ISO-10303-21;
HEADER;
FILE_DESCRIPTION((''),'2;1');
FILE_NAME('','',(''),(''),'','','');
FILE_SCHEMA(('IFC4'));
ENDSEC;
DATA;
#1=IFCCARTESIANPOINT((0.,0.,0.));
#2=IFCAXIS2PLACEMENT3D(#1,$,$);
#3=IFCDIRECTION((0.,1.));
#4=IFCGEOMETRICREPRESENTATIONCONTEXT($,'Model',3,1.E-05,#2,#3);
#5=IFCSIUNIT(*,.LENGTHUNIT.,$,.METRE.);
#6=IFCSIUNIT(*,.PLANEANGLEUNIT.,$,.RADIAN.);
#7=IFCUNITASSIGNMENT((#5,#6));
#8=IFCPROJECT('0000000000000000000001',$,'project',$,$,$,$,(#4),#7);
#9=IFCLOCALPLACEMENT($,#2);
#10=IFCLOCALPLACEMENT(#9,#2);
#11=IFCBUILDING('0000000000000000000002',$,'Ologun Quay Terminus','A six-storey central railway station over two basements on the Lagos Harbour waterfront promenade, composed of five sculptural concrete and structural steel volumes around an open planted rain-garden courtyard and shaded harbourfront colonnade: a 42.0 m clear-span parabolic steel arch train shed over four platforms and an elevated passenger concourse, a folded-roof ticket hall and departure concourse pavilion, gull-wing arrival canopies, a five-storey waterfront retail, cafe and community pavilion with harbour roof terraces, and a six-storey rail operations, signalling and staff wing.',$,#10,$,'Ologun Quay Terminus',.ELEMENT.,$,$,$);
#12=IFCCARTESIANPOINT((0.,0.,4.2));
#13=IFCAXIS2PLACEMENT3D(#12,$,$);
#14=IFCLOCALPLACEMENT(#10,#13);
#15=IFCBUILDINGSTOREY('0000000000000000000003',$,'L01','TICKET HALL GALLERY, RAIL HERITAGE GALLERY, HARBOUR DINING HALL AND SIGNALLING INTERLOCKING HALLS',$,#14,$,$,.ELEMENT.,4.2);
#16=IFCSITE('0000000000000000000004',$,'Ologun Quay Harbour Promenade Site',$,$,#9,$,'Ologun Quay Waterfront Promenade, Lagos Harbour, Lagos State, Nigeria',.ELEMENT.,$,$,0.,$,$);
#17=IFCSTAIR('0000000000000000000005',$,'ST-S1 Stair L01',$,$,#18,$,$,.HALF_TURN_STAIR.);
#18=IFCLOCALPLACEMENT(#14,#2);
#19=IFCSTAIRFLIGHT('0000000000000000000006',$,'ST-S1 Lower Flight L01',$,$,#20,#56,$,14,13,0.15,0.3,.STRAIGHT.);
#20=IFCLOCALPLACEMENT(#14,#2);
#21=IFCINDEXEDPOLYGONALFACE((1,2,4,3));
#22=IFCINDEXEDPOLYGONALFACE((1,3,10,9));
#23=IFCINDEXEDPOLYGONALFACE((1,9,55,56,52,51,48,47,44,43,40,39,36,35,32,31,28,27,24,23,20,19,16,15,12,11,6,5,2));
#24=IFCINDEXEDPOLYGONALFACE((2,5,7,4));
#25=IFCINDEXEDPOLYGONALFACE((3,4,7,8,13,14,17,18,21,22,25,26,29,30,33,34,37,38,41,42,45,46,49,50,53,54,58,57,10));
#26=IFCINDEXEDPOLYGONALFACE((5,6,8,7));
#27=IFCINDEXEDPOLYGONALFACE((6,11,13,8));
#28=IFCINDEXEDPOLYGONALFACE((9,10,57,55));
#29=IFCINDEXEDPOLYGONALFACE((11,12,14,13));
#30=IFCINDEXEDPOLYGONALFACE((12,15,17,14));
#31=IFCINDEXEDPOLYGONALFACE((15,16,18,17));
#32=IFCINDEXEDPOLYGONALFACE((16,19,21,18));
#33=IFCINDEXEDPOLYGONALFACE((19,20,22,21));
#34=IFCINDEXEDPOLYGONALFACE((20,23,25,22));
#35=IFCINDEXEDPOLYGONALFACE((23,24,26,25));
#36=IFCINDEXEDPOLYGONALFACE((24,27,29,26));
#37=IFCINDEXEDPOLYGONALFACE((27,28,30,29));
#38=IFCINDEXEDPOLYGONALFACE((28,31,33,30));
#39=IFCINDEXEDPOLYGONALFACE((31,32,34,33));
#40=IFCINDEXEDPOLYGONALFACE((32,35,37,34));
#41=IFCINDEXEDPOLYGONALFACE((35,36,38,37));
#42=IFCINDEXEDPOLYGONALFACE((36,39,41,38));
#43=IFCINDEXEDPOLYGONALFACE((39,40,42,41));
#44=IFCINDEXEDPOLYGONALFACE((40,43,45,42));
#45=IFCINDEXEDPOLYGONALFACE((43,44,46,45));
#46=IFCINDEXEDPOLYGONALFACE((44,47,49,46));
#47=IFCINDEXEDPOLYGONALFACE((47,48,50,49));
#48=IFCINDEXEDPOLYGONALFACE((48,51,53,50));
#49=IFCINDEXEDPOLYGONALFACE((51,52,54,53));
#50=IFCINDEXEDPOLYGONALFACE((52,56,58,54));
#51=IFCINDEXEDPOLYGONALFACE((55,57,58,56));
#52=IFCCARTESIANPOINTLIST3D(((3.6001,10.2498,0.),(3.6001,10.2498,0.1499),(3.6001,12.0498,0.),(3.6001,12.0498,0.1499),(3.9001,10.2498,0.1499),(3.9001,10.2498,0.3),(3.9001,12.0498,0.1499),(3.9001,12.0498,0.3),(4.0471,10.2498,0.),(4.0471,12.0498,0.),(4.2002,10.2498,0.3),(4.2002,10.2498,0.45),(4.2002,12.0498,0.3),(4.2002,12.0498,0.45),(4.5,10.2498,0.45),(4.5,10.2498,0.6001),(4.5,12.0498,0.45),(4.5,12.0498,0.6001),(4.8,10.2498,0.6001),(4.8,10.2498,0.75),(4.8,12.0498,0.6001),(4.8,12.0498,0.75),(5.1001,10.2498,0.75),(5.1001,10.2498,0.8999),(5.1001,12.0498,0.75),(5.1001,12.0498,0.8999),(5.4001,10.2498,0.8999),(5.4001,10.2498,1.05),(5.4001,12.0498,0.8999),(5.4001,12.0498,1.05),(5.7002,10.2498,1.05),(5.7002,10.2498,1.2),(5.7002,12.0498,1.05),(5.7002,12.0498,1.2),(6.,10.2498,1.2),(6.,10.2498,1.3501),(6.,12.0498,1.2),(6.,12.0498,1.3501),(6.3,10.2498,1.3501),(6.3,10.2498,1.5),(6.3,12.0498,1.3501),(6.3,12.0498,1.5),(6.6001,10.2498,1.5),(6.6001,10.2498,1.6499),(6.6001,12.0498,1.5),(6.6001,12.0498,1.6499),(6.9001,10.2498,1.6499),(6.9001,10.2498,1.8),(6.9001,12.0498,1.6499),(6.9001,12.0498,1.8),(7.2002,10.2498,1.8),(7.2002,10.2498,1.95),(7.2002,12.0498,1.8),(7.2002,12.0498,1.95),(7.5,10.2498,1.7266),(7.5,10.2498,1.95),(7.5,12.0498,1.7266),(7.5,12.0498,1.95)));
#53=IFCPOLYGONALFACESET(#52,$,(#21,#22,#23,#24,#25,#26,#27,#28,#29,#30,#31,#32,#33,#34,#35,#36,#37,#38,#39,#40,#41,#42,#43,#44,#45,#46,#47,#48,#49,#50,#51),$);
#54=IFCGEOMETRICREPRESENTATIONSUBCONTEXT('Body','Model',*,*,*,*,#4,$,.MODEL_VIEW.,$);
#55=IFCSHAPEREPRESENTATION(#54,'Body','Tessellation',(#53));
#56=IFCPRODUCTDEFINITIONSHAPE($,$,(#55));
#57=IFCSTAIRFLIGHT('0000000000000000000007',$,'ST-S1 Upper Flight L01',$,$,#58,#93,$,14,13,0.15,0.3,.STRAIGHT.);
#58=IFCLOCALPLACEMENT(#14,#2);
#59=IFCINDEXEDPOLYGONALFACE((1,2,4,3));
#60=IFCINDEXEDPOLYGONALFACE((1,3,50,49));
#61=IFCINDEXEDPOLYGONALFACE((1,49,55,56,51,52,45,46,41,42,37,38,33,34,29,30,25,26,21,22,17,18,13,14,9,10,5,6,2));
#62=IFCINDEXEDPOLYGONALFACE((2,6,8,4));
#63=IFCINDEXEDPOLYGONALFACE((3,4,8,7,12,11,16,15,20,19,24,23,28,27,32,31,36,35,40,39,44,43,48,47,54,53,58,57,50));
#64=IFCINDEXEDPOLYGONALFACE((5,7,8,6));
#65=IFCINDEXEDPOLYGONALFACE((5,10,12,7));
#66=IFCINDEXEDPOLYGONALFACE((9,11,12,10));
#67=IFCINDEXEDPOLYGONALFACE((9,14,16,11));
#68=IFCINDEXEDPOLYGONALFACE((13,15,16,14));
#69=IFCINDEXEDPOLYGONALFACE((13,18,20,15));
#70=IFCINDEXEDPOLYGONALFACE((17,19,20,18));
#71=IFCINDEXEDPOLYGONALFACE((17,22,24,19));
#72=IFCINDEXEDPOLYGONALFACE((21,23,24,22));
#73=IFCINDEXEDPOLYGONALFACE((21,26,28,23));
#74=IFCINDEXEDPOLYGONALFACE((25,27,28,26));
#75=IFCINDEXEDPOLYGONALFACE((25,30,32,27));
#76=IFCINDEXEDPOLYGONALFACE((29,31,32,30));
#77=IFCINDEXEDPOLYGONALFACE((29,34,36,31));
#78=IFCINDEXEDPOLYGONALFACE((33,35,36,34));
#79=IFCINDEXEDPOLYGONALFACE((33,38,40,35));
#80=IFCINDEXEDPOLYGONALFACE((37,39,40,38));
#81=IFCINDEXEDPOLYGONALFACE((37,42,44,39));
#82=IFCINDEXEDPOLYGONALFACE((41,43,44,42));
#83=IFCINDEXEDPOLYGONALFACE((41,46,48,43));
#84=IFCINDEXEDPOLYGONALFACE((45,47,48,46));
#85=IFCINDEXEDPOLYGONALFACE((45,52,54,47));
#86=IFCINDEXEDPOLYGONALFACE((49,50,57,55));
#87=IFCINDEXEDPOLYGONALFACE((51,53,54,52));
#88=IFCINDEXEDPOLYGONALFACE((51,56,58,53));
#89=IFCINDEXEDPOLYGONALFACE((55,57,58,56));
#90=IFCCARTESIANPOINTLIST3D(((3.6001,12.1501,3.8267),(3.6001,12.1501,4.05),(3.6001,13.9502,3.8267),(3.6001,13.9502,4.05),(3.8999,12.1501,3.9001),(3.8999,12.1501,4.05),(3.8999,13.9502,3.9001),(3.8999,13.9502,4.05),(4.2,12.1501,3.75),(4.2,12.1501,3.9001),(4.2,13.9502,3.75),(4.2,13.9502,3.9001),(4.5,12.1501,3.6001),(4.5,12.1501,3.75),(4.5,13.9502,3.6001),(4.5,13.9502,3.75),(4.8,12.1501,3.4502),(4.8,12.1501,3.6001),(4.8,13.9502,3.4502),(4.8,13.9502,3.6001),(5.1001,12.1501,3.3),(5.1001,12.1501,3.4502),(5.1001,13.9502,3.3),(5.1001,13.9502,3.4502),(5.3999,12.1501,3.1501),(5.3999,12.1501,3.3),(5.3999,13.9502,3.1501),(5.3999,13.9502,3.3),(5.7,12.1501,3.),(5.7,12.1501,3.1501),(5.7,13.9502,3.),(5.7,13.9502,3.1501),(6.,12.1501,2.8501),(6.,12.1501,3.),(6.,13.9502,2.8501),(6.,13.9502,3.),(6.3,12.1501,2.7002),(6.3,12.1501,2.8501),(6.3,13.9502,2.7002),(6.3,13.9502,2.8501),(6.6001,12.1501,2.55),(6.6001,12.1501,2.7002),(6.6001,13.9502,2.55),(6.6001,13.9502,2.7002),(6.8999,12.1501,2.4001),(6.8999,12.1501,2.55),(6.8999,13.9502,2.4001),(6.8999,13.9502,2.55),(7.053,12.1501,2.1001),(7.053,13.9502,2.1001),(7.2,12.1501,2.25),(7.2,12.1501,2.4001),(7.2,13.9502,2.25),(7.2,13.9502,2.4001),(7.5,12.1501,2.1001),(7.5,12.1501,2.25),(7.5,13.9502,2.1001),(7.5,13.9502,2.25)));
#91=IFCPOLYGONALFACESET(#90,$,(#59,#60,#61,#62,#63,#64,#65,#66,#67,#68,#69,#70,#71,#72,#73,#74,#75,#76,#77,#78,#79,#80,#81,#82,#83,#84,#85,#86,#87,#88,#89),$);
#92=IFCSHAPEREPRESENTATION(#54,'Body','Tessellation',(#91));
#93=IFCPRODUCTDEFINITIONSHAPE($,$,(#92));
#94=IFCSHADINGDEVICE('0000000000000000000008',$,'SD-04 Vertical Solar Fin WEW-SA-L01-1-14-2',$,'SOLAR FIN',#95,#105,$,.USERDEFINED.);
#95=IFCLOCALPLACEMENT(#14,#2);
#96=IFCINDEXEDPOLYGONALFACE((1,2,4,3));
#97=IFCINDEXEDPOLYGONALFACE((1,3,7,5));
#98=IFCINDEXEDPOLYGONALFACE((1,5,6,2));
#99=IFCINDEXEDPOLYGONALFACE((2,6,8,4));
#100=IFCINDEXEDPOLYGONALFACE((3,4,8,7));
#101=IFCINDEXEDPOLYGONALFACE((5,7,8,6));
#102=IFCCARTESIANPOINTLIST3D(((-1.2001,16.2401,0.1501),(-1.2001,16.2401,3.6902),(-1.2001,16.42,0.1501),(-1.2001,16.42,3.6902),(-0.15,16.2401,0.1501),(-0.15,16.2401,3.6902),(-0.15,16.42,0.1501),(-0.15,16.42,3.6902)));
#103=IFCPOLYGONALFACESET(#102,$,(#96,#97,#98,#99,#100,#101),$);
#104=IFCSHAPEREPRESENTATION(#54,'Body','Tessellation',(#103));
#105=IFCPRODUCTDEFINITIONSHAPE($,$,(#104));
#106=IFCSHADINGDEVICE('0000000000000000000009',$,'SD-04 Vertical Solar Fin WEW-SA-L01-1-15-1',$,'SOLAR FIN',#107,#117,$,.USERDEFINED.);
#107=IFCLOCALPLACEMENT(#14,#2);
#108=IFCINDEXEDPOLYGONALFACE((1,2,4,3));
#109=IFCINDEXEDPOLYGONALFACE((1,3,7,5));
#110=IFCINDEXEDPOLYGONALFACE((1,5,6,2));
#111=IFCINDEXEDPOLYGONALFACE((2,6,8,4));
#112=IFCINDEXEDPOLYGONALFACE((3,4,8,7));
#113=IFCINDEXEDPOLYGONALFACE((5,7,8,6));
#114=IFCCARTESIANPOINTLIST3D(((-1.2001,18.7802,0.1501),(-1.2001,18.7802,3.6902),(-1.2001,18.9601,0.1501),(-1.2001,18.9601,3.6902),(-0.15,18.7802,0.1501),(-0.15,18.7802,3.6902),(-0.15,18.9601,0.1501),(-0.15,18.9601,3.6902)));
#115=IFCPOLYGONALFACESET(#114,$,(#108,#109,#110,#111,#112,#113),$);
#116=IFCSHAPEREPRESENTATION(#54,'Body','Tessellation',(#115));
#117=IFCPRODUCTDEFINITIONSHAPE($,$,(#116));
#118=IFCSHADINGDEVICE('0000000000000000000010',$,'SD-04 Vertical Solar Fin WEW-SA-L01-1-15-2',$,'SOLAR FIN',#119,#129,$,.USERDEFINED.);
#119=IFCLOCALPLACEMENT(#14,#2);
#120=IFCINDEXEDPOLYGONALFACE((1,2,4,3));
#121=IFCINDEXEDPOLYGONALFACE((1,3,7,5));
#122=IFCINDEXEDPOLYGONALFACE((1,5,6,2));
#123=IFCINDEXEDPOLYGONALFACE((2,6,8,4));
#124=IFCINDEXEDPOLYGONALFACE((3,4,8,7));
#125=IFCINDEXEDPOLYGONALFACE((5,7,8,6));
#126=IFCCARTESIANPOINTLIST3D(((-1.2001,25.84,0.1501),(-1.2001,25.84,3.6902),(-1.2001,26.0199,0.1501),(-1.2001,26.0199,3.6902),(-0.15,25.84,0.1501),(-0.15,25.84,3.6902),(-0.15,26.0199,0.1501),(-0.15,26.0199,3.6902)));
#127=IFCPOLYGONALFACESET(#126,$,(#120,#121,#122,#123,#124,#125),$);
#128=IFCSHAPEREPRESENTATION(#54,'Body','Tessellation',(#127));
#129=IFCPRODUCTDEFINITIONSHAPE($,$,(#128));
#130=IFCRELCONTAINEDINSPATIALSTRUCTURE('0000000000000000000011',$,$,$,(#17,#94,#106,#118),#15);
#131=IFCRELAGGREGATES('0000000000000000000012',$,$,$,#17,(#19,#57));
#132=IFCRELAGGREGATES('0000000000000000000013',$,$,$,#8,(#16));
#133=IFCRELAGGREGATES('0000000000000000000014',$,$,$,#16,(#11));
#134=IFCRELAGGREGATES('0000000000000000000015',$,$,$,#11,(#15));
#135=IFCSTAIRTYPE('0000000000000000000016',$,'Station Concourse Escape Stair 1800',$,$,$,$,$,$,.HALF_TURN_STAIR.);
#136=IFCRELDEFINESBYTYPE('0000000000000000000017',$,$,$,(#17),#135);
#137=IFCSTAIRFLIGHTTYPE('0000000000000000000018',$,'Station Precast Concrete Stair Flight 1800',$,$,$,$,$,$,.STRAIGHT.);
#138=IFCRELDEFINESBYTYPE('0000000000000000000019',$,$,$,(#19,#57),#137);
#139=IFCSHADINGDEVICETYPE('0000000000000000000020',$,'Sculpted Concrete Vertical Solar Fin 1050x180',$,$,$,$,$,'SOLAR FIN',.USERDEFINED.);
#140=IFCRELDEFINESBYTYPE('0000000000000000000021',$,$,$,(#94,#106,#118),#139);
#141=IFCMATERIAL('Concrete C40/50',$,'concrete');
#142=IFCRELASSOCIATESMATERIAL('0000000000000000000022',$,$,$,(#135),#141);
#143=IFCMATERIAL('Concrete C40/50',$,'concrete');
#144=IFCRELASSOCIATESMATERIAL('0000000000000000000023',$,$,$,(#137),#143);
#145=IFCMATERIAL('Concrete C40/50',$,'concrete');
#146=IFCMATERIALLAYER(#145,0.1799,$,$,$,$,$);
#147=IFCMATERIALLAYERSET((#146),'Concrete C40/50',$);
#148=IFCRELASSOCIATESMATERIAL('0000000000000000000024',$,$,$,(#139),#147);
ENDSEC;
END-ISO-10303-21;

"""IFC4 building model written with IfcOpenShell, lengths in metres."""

from ifc_helpers import new_model, si_unit, direction, frame, origin, origin_2d, place, context, subcontext, project, spatial, polyline, rectangle, outline, extrude, material, layer, layer_set, type_object, element, aggregate, save


model = new_model("IFC4")

# Units and contexts
model_context = context("Model", 3, precision=1e-05, world=origin(), true_north=direction((0.0, 1.0)))
body_context = subcontext(model_context, "Body", "Model", "MODEL_VIEW")
ifc_project = project(units=[si_unit("LENGTHUNIT", "METRE"), si_unit("PLANEANGLEUNIT", "RADIAN")], contexts=[model_context])

# Site, building, storey
site_placement = place(None, origin())
site = spatial("IfcSite", under=ifc_project, at=site_placement, Name="Ologun Quay Harbour Promenade Site", LongName="Ologun Quay Waterfront Promenade, Lagos Harbour, Lagos State, Nigeria", CompositionType="ELEMENT", RefElevation=0.0)
building_placement = place(site_placement, origin())
building = spatial("IfcBuilding", under=site, at=building_placement, Name="Ologun Quay Terminus", Description="A six-storey central railway station over two basements on the Lagos Harbour waterfront promenade, composed of five sculptural concrete and structural steel volumes around an open planted rain-garden courtyard and shaded harbourfront colonnade: a 42.0 m clear-span parabolic steel arch train shed over four platforms and an elevated passenger concourse, a folded-roof ticket hall and departure concourse pavilion, gull-wing arrival canopies, a five-storey waterfront retail, cafe and community pavilion with harbour roof terraces, and a six-storey rail operations, signalling and staff wing.", LongName="Ologun Quay Terminus", CompositionType="ELEMENT")
storey_placement = place(building_placement, frame((0.0, 0.0, 4.2)))
storey = spatial("IfcBuildingStorey", under=building, at=storey_placement, Name="L01", Description="TICKET HALL GALLERY, RAIL HERITAGE GALLERY, HARBOUR DINING HALL AND SIGNALLING INTERLOCKING HALLS", CompositionType="ELEMENT", Elevation=4.2)

# Stair, stair flights
ifc_material_1 = material(Name="Concrete C40/50", Category="concrete")
stair_type = type_object("IfcStairType", Name="Station Concourse Escape Stair 1800", PredefinedType="HALF_TURN_STAIR", material=ifc_material_1)
stair_placement = place(storey_placement, origin())
stair = element("IfcStair", 1, at=stair_placement, inside=storey, type_object=stair_type, Name="ST-S1 Stair L01", PredefinedType="HALF_TURN_STAIR")
ifc_material_2 = material(Name="Concrete C40/50", Category="concrete")
stair_flight_type = type_object("IfcStairFlightType", Name="Station Precast Concrete Stair Flight 1800", PredefinedType="STRAIGHT", material=ifc_material_2)
stair_flight_1_placement = place(storey_placement, frame((3.6001, 11.1499, 0.0), z_axis=(0.0, 0.0, 1.0), x_axis=(1.0, 0.0, 0.0)))
stair_flight_1 = element("IfcStairFlight", 2, at=stair_flight_1_placement, type_object=stair_flight_type, Name="ST-S1 Lower Flight L01", NumberOfRisers=14, NumberOfTreads=13, PredefinedType="STRAIGHT", RiserHeight=0.15, TreadLength=0.3, context=body_context, shape_type="SweptSolid", body=[
    extrude(outline(polyline([(0.0, 0.0), (0.0, 0.1499), (0.3, 0.1499), (0.3, 0.3), (0.6001, 0.3), (0.6001, 0.45), (0.8999, 0.45), (0.8999, 0.6001), (1.2, 0.6001), (1.2, 0.75), (1.5, 0.75), (1.5, 0.8999), (1.8, 0.8999), (1.8, 1.05), (2.1001, 1.05), (2.1001, 1.2), (2.3999, 1.2), (2.3999, 1.3501), (2.7, 1.3501), (2.7, 1.5), (3.0, 1.5), (3.0, 1.6499), (3.3, 1.6499), (3.3, 1.8), (3.6001, 1.8), (3.6001, 1.95), (3.8999, 1.95), (3.8999, 2.1001), (3.8999, 1.7266), (0.447, 0.0), (0.0, 0.0)])), frame((0.0, 0.8999, 0.0), z_axis=(0.0, -1.0, 0.0), x_axis=(1.0, 0.0, 0.0)), (0.0, 0.0, 1.0), 1.8),
])
stair_flight_2_placement = place(storey_placement, frame((7.5, 13.05, 2.1001), z_axis=(0.0, 0.0, 1.0), x_axis=(-1.0, 0.0, 0.0)))
stair_flight_2 = element("IfcStairFlight", 3, at=stair_flight_2_placement, type_object=stair_flight_type, Name="ST-S1 Upper Flight L01", NumberOfRisers=14, NumberOfTreads=13, PredefinedType="STRAIGHT", RiserHeight=0.15, TreadLength=0.3, context=body_context, shape_type="SweptSolid", body=[
    extrude(outline(polyline([(0.0, 0.0), (0.0, 0.1499), (0.3, 0.1499), (0.3, 0.3), (0.6001, 0.3), (0.6001, 0.45), (0.8999, 0.45), (0.8999, 0.6001), (1.2, 0.6001), (1.2, 0.75), (1.5, 0.75), (1.5, 0.8999), (1.8, 0.8999), (1.8, 1.05), (2.1001, 1.05), (2.1001, 1.2), (2.3999, 1.2), (2.3999, 1.3501), (2.7, 1.3501), (2.7, 1.5), (3.0, 1.5), (3.0, 1.6499), (3.3, 1.6499), (3.3, 1.8), (3.6001, 1.8), (3.6001, 1.95), (3.8999, 1.95), (3.8999, 2.1001), (3.8999, 1.7266), (0.447, 0.0), (0.0, 0.0)])), frame((0.0, 0.8999, 0.0), z_axis=(0.0, -1.0, 0.0), x_axis=(1.0, 0.0, 0.0)), (0.0, 0.0, 1.0), 1.8),
])
aggregate(stair, [stair_flight_1, stair_flight_2])

# Shading devices
ifc_material_3 = material(Name="Concrete C40/50", Category="concrete")
ifc_layer_1 = layer(ifc_material_3, 0.1799)
ifc_layer_set_1 = layer_set([ifc_layer_1], Name="Concrete C40/50")
shading_device_type = type_object("IfcShadingDeviceType", Name="Sculpted Concrete Vertical Solar Fin 1050x180", ElementType="SOLAR FIN", PredefinedType="USERDEFINED", material=ifc_layer_set_1)
for number, where, z_axis, x_axis, name in (
    (4, (-0.675, 16.3301, 0.1501), (0.0, 0.0, 1.0), (1.0, 0.0, 0.0), "SD-04 Vertical Solar Fin WEW-SA-L01-1-14-2"),
    (5, (-0.675, 18.8701, 0.1501), (0.0, 0.0, 1.0), (1.0, 0.0, 0.0), "SD-04 Vertical Solar Fin WEW-SA-L01-1-15-1"),
    (6, (-0.675, 25.9299, 0.1501), (0.0, 0.0, 1.0), (1.0, 0.0, 0.0), "SD-04 Vertical Solar Fin WEW-SA-L01-1-15-2"),
):
    element("IfcShadingDevice", number, at=place(storey_placement, frame(where, z_axis=z_axis, x_axis=x_axis)), inside=storey, type_object=shading_device_type, Name=name, ObjectType="SOLAR FIN", PredefinedType="USERDEFINED", context=body_context, shape_type="SweptSolid", body=[
        extrude(rectangle(XDim=1.05, YDim=0.1799, at=origin_2d()), origin(), (0.0, 0.0, 1.0), 3.54),
    ])

save(model, "model.ifc")
